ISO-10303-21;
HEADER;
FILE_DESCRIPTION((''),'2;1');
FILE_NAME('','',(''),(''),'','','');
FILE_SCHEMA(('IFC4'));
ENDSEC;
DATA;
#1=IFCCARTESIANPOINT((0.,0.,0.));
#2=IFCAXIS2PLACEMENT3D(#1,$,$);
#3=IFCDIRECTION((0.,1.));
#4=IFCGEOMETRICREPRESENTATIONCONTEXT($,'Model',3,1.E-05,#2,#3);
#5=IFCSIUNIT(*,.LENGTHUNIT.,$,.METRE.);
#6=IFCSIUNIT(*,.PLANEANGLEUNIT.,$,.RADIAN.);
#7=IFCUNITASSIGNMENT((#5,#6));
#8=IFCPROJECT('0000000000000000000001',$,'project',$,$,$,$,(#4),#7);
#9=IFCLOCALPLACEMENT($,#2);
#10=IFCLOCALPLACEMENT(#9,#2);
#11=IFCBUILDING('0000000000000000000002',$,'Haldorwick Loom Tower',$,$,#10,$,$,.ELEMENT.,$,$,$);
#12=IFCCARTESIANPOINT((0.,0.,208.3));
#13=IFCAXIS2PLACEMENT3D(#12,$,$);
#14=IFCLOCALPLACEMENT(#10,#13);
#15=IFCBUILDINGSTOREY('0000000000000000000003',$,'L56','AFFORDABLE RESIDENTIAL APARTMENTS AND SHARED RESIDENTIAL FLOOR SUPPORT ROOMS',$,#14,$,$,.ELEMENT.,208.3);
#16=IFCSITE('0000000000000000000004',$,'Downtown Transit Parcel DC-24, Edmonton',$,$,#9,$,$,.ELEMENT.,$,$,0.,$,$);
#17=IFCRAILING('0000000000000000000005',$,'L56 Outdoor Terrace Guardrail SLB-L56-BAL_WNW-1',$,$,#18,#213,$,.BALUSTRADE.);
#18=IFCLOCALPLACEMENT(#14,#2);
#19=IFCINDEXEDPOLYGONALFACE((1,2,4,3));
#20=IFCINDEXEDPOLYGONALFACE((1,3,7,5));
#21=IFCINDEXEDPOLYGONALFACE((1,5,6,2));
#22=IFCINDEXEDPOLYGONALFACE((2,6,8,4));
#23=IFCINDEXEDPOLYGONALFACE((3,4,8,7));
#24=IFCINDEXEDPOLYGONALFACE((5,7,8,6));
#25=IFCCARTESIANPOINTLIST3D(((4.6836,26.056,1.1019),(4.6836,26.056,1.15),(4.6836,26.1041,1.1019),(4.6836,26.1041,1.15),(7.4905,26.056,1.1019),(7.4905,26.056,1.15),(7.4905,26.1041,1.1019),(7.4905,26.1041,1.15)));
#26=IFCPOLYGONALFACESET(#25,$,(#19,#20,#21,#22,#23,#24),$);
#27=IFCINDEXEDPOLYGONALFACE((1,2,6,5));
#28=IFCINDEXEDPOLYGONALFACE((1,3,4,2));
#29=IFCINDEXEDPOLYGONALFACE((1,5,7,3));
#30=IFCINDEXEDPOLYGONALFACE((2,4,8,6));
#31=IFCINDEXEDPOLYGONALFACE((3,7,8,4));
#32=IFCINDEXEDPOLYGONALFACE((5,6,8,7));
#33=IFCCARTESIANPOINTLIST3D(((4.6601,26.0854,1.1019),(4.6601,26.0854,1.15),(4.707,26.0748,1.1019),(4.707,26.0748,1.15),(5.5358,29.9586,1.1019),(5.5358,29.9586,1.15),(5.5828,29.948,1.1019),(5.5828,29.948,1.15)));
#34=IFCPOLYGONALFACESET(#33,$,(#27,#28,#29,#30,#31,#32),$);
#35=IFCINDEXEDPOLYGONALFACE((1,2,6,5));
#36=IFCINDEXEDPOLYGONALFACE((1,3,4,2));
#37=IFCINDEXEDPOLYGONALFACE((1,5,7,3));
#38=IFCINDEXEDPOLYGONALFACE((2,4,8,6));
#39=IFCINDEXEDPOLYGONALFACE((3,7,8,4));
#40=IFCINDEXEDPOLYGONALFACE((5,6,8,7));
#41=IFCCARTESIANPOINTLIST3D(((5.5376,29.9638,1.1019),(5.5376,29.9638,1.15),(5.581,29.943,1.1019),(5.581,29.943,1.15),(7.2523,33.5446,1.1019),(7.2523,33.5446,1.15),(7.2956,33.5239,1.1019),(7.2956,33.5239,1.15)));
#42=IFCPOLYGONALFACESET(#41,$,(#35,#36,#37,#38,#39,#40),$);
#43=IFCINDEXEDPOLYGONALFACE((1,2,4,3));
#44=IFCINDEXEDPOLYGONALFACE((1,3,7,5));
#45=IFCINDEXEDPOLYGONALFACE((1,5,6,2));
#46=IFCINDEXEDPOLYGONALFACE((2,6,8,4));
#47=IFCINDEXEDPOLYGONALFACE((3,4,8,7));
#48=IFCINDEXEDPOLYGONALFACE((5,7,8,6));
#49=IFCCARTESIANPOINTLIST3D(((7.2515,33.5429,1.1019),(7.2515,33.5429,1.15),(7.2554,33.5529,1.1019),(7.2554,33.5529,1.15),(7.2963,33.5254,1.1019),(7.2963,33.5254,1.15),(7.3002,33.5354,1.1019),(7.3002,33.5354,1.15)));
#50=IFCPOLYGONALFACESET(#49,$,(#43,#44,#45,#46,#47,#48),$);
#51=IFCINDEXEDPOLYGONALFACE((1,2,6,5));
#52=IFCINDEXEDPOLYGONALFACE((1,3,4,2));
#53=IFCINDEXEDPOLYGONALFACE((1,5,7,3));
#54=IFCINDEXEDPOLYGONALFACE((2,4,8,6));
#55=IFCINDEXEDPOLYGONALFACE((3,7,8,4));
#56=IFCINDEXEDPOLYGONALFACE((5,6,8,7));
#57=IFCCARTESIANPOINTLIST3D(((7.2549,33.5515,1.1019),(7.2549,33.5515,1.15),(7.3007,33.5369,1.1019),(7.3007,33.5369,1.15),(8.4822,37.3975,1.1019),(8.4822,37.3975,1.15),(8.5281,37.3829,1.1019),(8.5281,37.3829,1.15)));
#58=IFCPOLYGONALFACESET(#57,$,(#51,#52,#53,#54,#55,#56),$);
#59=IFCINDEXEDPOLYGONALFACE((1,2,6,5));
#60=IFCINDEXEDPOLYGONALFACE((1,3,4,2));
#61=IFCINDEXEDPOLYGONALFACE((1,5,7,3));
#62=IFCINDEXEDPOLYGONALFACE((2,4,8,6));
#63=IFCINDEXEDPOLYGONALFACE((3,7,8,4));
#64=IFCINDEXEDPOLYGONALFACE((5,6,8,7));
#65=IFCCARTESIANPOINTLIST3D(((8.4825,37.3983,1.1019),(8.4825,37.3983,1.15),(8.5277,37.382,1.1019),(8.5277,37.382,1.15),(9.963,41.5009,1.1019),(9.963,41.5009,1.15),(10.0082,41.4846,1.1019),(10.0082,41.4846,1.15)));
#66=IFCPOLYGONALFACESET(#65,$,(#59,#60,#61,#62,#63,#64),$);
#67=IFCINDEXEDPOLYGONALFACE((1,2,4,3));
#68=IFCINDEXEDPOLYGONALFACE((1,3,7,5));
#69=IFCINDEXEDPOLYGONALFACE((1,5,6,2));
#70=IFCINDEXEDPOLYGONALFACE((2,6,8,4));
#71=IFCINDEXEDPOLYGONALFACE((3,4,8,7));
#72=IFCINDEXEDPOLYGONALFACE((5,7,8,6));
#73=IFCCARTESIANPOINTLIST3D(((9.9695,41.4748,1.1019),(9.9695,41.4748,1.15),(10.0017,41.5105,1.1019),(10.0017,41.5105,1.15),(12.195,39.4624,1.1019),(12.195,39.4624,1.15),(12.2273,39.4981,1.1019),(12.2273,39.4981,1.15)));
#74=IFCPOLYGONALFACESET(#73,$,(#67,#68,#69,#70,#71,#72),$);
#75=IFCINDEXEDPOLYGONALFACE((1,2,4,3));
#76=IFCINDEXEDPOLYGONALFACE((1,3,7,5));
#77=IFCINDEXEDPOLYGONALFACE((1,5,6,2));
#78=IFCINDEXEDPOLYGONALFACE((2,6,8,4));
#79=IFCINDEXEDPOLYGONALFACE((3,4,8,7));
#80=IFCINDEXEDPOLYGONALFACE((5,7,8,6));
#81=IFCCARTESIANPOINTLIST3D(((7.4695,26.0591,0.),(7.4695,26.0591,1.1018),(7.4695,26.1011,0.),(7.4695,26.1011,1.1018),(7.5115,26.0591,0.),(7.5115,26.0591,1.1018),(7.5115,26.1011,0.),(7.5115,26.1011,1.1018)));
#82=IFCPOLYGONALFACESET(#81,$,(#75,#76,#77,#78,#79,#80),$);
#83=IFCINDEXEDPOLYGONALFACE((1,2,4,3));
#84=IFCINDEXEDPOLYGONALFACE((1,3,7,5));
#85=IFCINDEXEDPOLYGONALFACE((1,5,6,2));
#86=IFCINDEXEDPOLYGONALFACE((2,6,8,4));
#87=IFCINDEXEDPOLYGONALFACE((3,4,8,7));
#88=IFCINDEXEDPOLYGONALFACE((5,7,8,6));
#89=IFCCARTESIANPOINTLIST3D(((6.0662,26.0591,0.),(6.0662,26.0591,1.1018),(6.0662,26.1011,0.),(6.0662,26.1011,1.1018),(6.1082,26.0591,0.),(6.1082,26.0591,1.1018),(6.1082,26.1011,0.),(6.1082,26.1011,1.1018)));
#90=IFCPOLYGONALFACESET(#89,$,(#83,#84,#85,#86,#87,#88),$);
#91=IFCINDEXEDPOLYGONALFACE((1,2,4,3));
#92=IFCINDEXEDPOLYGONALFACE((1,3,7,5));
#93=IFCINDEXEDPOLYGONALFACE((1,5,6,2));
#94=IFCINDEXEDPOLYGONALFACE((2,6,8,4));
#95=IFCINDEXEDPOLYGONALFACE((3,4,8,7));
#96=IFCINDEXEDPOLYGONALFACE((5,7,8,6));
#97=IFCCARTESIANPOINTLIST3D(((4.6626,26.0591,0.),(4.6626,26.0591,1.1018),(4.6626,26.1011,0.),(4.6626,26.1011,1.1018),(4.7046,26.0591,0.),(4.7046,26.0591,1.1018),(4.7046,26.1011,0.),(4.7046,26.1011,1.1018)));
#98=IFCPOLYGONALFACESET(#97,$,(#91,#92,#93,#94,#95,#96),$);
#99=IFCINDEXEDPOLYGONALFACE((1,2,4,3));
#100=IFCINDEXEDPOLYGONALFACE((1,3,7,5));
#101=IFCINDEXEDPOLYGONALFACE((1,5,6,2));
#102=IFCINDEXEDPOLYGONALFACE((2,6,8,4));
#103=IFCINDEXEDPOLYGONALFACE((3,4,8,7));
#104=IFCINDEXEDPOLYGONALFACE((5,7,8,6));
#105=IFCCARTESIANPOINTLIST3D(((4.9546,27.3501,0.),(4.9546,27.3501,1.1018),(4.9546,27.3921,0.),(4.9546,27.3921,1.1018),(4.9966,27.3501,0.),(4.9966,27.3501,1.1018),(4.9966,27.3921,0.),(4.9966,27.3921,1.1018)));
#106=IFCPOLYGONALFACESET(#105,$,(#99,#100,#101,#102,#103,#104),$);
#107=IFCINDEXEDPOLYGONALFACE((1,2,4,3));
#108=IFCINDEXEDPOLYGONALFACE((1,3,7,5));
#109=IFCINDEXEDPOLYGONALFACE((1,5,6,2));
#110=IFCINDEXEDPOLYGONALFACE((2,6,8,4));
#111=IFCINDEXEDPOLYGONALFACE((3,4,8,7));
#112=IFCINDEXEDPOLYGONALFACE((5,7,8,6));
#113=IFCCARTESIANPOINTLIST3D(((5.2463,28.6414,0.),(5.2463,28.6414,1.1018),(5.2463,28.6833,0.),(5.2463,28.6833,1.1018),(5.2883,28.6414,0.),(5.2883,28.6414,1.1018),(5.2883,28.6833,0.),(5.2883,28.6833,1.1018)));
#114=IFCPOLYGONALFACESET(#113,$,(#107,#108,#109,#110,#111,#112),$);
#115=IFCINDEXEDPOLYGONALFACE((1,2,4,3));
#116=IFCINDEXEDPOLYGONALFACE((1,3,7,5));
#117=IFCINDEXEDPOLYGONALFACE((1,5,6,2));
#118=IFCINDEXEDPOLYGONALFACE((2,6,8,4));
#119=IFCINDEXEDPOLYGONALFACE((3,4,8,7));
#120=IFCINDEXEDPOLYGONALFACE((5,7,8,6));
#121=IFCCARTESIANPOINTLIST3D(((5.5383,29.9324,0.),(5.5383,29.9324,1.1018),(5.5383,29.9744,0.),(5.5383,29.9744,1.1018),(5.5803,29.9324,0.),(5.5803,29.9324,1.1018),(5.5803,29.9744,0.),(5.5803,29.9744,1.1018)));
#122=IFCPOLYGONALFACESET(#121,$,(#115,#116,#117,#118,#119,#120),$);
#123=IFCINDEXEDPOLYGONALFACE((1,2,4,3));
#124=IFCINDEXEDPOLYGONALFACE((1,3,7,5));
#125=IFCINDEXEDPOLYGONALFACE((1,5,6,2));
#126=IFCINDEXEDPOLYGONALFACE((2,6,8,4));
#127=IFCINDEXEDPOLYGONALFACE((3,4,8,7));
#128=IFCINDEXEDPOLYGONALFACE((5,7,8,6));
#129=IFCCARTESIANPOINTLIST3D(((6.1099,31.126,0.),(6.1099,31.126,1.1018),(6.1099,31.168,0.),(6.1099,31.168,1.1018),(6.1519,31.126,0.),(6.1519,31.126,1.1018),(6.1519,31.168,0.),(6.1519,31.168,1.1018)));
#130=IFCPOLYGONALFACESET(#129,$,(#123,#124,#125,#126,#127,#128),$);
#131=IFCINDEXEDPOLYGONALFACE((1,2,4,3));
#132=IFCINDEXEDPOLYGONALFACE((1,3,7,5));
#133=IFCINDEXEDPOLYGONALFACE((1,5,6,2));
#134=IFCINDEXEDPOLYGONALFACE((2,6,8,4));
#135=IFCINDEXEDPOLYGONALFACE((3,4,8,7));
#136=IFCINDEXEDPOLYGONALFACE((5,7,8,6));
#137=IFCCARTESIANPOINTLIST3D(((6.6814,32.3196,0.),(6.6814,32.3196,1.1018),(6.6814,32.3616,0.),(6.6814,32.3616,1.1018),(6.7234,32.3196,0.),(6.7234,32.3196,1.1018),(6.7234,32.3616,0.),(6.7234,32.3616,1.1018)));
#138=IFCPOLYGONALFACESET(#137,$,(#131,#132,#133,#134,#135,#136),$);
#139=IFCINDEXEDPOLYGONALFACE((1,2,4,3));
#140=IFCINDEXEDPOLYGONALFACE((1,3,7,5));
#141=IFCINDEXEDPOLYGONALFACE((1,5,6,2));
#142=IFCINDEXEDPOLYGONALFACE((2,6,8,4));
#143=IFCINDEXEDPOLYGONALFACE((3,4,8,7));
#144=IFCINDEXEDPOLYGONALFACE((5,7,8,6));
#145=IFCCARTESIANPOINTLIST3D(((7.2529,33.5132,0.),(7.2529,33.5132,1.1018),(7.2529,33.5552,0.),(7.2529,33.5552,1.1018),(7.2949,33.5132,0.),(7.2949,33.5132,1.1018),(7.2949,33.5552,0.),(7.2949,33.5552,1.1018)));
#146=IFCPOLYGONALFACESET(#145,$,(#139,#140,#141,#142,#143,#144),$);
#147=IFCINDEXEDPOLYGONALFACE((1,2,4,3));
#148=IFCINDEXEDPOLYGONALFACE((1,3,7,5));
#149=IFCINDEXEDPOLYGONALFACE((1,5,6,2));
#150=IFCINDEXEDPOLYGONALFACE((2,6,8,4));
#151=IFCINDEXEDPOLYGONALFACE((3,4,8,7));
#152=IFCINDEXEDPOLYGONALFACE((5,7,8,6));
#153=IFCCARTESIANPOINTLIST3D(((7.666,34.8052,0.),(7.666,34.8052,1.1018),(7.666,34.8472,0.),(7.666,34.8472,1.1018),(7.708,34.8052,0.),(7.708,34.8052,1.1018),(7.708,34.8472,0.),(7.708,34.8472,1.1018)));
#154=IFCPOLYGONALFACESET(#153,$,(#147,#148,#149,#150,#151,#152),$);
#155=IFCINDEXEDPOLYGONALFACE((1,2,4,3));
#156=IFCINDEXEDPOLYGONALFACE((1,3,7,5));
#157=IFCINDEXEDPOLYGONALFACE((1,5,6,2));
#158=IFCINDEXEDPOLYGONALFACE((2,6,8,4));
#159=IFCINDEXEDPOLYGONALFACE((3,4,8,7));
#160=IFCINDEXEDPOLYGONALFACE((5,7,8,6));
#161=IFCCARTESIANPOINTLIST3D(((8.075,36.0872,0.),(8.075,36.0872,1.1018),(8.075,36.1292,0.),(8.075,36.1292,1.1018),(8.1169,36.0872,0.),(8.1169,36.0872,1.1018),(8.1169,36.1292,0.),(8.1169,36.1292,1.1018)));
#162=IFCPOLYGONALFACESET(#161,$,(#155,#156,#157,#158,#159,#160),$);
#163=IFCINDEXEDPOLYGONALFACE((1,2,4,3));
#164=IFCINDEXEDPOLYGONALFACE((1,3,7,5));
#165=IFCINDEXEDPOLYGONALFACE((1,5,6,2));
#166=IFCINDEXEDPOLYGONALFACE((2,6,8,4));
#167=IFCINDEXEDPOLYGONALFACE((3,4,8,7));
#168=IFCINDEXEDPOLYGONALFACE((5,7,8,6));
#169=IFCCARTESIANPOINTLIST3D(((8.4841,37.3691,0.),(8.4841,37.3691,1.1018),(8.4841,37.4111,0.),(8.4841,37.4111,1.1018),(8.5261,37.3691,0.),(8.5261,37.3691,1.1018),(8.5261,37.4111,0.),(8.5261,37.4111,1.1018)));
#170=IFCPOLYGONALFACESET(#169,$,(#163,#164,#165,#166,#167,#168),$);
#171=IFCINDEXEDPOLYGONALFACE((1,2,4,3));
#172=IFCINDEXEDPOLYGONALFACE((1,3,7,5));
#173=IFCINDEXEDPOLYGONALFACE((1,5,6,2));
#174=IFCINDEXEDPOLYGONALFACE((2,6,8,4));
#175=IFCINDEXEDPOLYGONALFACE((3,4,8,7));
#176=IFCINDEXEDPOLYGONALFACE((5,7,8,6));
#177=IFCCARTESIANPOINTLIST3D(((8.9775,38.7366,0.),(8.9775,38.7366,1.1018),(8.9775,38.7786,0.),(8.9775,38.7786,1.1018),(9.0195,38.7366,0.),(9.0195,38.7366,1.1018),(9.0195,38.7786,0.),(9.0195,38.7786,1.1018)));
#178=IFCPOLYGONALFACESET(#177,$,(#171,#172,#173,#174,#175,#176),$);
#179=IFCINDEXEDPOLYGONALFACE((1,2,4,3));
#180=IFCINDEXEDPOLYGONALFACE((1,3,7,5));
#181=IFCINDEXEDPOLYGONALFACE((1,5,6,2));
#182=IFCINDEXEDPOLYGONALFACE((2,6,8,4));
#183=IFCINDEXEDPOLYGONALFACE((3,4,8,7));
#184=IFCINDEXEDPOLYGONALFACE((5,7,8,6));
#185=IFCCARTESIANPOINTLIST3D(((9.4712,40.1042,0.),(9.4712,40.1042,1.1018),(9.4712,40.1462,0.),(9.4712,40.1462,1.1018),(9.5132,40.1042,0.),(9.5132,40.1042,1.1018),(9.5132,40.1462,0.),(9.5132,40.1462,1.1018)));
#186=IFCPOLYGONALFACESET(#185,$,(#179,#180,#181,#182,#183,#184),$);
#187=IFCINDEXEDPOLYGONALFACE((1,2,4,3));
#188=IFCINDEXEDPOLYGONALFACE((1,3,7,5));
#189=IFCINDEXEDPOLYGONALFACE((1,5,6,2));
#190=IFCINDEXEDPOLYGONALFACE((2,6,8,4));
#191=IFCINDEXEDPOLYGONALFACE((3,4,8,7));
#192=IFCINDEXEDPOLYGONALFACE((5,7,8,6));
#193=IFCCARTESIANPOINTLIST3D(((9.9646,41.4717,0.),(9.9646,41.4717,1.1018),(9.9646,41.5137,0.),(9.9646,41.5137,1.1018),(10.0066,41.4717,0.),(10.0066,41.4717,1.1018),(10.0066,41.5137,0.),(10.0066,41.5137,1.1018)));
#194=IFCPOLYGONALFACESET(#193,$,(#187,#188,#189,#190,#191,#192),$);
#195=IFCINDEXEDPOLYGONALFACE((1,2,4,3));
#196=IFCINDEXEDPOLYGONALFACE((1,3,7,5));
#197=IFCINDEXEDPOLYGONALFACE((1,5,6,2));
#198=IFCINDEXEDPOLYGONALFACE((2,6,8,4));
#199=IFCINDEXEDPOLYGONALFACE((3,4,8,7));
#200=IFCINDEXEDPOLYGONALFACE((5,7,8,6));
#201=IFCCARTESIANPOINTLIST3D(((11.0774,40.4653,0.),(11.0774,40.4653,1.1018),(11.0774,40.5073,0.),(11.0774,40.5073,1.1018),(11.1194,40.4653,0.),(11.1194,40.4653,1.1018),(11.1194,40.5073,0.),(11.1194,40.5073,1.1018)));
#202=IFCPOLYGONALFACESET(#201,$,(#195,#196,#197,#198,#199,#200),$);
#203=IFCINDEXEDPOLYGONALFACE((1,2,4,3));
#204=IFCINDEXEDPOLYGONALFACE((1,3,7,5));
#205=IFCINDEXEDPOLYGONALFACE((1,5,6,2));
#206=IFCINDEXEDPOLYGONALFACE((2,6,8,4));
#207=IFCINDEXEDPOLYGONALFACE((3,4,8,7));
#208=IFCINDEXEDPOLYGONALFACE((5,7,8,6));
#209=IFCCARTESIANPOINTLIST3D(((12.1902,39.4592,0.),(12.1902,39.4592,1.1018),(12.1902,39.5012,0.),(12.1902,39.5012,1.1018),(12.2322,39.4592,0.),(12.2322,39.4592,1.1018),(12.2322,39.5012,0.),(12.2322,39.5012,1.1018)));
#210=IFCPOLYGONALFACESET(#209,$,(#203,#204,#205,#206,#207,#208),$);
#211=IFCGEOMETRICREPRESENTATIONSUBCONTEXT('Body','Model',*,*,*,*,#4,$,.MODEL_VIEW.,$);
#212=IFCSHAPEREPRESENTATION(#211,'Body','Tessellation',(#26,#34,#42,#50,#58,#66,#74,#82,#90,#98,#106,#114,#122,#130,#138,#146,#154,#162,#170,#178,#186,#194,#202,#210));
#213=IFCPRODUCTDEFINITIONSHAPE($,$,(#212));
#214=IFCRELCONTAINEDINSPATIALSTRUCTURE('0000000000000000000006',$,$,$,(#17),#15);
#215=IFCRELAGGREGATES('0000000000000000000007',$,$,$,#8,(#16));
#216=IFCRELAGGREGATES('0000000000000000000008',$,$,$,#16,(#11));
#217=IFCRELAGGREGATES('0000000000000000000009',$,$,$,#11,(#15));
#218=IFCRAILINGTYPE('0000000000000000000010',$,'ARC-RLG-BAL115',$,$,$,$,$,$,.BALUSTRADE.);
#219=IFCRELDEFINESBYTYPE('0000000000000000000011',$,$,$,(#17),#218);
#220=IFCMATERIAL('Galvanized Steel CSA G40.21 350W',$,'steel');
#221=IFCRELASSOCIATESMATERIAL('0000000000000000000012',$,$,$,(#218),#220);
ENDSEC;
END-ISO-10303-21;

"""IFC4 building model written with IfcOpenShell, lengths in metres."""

from ifc_helpers import new_model, si_unit, direction, frame, origin, origin_2d, place, context, subcontext, project, spatial, rectangle, extrude, material, type_object, element, save


model = new_model("IFC4")

# Units and contexts
model_context = context("Model", 3, precision=1e-05, world=origin(), true_north=direction((0.0, 1.0)))
body_context = subcontext(model_context, "Body", "Model", "MODEL_VIEW")
ifc_project = project(units=[si_unit("LENGTHUNIT", "METRE"), si_unit("PLANEANGLEUNIT", "RADIAN")], contexts=[model_context])

# Site, building, storey
site_placement = place(None, origin())
site = spatial("IfcSite", under=ifc_project, at=site_placement, Name="Downtown Transit Parcel DC-24, Edmonton", CompositionType="ELEMENT", RefElevation=0.0)
building_placement = place(site_placement, origin())
building = spatial("IfcBuilding", under=site, at=building_placement, Name="Haldorwick Loom Tower", CompositionType="ELEMENT")
storey_placement = place(building_placement, frame((0.0, 0.0, 208.3)))
storey = spatial("IfcBuildingStorey", under=building, at=storey_placement, Name="L56", Description="AFFORDABLE RESIDENTIAL APARTMENTS AND SHARED RESIDENTIAL FLOOR SUPPORT ROOMS", CompositionType="ELEMENT", Elevation=208.3)

# Railing
ifc_material_1 = material(Name="Galvanized Steel CSA G40.21 350W", Category="steel")
railing_type = type_object("IfcRailingType", Name="ARC-RLG-BAL115", PredefinedType="BALUSTRADE", material=ifc_material_1)
railing_placement = place(storey_placement, frame((7.4905, 26.0801, 0.0)))
element("IfcRailing", 1, at=railing_placement, inside=storey, type_object=railing_type, Name="L56 Outdoor Terrace Guardrail SLB-L56-BAL_WNW-1", PredefinedType="BALUSTRADE", context=body_context, shape_type="SweptSolid", body=[
    extrude(rectangle(XDim=0.0481, YDim=0.0481, at=origin_2d()), frame((0.0, 0.0, 1.126), z_axis=(-1.0, 0.0, 0.0), x_axis=(0.0, -1.0, 0.0)), (0.0, 0.0, 1.0), 2.8069),
    extrude(rectangle(XDim=0.0481, YDim=0.0481, at=origin_2d()), frame((-2.8069, 0.0, 1.126), z_axis=(0.220529, 0.97538, 0.0), x_axis=(-0.97538, 0.220529, 0.0)), (0.0, 0.0, 1.0), 3.9709),
    extrude(rectangle(XDim=0.0481, YDim=0.0481, at=origin_2d()), frame((-1.9312, 3.8733, 1.126), z_axis=(0.431873, 0.901934, 0.0), x_axis=(-0.901934, 0.431873, 0.0)), (0.0, 0.0, 1.0), 3.9702),
    extrude(rectangle(XDim=0.0481, YDim=0.0481, at=origin_2d()), frame((-0.2166, 7.4541, 1.126), z_axis=(0.363542, 0.931578, 0.0), x_axis=(-0.931578, 0.363542, 0.0)), (0.0, 0.0, 1.0), 0.0107),
    extrude(rectangle(XDim=0.0481, YDim=0.0481, at=origin_2d()), frame((-0.2126, 7.4641, 1.126), z_axis=(0.30401, 0.952669, 0.0), x_axis=(-0.952669, 0.30401, 0.0)), (0.0, 0.0, 1.0), 4.0371),
    extrude(rectangle(XDim=0.0481, YDim=0.0481, at=origin_2d()), frame((1.0146, 11.3101, 1.126), z_axis=(0.339441, 0.940627, 0.0), x_axis=(-0.940627, 0.339441, 0.0)), (0.0, 0.0, 1.0), 4.3616),
    extrude(rectangle(XDim=0.0481, YDim=0.0481, at=origin_2d()), frame((2.4951, 15.4126, 1.126), z_axis=(0.74173, -0.670698, 0.0), x_axis=(0.670698, 0.74173, 0.0)), (0.0, 0.0, 1.0), 3.0005),
    extrude(rectangle(XDim=0.042, YDim=0.042, at=origin_2d()), origin(), (0.0, 0.0, 1.0), 1.1018),
    extrude(rectangle(XDim=0.042, YDim=0.042, at=origin_2d()), frame((-1.4033, 0.0, 0.0)), (0.0, 0.0, 1.0), 1.1018),
    extrude(rectangle(XDim=0.042, YDim=0.042, at=origin_2d()), frame((-2.8069, 0.0, 0.0)), (0.0, 0.0, 1.0), 1.1018),
    extrude(rectangle(XDim=0.042, YDim=0.042, at=origin_2d()), frame((-2.5149, 1.291, 0.0)), (0.0, 0.0, 1.0), 1.1018),
    extrude(rectangle(XDim=0.042, YDim=0.042, at=origin_2d()), frame((-2.2231, 2.5823, 0.0)), (0.0, 0.0, 1.0), 1.1018),
    extrude(rectangle(XDim=0.042, YDim=0.042, at=origin_2d()), frame((-1.9312, 3.8733, 0.0)), (0.0, 0.0, 1.0), 1.1018),
    extrude(rectangle(XDim=0.042, YDim=0.042, at=origin_2d()), frame((-1.3596, 5.0669, 0.0)), (0.0, 0.0, 1.0), 1.1018),
    extrude(rectangle(XDim=0.042, YDim=0.042, at=origin_2d()), frame((-0.7881, 6.2605, 0.0)), (0.0, 0.0, 1.0), 1.1018),
    extrude(rectangle(XDim=0.042, YDim=0.042, at=origin_2d()), frame((-0.2166, 7.4541, 0.0)), (0.0, 0.0, 1.0), 1.1018),
    extrude(rectangle(XDim=0.042, YDim=0.042, at=origin_2d()), frame((0.1965, 8.7461, 0.0)), (0.0, 0.0, 1.0), 1.1018),
    extrude(rectangle(XDim=0.042, YDim=0.042, at=origin_2d()), frame((0.6055, 10.0281, 0.0)), (0.0, 0.0, 1.0), 1.1018),
    extrude(rectangle(XDim=0.042, YDim=0.042, at=origin_2d()), frame((1.0146, 11.3101, 0.0)), (0.0, 0.0, 1.0), 1.1018),
    extrude(rectangle(XDim=0.042, YDim=0.042, at=origin_2d()), frame((1.5081, 12.6775, 0.0)), (0.0, 0.0, 1.0), 1.1018),
    extrude(rectangle(XDim=0.042, YDim=0.042, at=origin_2d()), frame((2.0017, 14.0452, 0.0)), (0.0, 0.0, 1.0), 1.1018),
    extrude(rectangle(XDim=0.042, YDim=0.042, at=origin_2d()), frame((2.4951, 15.4126, 0.0)), (0.0, 0.0, 1.0), 1.1018),
    extrude(rectangle(XDim=0.042, YDim=0.042, at=origin_2d()), frame((3.6079, 14.4062, 0.0)), (0.0, 0.0, 1.0), 1.1018),
    extrude(rectangle(XDim=0.042, YDim=0.042, at=origin_2d()), frame((4.7207, 13.4001, 0.0)), (0.0, 0.0, 1.0), 1.1018),
])

save(model, "model.ifc")
